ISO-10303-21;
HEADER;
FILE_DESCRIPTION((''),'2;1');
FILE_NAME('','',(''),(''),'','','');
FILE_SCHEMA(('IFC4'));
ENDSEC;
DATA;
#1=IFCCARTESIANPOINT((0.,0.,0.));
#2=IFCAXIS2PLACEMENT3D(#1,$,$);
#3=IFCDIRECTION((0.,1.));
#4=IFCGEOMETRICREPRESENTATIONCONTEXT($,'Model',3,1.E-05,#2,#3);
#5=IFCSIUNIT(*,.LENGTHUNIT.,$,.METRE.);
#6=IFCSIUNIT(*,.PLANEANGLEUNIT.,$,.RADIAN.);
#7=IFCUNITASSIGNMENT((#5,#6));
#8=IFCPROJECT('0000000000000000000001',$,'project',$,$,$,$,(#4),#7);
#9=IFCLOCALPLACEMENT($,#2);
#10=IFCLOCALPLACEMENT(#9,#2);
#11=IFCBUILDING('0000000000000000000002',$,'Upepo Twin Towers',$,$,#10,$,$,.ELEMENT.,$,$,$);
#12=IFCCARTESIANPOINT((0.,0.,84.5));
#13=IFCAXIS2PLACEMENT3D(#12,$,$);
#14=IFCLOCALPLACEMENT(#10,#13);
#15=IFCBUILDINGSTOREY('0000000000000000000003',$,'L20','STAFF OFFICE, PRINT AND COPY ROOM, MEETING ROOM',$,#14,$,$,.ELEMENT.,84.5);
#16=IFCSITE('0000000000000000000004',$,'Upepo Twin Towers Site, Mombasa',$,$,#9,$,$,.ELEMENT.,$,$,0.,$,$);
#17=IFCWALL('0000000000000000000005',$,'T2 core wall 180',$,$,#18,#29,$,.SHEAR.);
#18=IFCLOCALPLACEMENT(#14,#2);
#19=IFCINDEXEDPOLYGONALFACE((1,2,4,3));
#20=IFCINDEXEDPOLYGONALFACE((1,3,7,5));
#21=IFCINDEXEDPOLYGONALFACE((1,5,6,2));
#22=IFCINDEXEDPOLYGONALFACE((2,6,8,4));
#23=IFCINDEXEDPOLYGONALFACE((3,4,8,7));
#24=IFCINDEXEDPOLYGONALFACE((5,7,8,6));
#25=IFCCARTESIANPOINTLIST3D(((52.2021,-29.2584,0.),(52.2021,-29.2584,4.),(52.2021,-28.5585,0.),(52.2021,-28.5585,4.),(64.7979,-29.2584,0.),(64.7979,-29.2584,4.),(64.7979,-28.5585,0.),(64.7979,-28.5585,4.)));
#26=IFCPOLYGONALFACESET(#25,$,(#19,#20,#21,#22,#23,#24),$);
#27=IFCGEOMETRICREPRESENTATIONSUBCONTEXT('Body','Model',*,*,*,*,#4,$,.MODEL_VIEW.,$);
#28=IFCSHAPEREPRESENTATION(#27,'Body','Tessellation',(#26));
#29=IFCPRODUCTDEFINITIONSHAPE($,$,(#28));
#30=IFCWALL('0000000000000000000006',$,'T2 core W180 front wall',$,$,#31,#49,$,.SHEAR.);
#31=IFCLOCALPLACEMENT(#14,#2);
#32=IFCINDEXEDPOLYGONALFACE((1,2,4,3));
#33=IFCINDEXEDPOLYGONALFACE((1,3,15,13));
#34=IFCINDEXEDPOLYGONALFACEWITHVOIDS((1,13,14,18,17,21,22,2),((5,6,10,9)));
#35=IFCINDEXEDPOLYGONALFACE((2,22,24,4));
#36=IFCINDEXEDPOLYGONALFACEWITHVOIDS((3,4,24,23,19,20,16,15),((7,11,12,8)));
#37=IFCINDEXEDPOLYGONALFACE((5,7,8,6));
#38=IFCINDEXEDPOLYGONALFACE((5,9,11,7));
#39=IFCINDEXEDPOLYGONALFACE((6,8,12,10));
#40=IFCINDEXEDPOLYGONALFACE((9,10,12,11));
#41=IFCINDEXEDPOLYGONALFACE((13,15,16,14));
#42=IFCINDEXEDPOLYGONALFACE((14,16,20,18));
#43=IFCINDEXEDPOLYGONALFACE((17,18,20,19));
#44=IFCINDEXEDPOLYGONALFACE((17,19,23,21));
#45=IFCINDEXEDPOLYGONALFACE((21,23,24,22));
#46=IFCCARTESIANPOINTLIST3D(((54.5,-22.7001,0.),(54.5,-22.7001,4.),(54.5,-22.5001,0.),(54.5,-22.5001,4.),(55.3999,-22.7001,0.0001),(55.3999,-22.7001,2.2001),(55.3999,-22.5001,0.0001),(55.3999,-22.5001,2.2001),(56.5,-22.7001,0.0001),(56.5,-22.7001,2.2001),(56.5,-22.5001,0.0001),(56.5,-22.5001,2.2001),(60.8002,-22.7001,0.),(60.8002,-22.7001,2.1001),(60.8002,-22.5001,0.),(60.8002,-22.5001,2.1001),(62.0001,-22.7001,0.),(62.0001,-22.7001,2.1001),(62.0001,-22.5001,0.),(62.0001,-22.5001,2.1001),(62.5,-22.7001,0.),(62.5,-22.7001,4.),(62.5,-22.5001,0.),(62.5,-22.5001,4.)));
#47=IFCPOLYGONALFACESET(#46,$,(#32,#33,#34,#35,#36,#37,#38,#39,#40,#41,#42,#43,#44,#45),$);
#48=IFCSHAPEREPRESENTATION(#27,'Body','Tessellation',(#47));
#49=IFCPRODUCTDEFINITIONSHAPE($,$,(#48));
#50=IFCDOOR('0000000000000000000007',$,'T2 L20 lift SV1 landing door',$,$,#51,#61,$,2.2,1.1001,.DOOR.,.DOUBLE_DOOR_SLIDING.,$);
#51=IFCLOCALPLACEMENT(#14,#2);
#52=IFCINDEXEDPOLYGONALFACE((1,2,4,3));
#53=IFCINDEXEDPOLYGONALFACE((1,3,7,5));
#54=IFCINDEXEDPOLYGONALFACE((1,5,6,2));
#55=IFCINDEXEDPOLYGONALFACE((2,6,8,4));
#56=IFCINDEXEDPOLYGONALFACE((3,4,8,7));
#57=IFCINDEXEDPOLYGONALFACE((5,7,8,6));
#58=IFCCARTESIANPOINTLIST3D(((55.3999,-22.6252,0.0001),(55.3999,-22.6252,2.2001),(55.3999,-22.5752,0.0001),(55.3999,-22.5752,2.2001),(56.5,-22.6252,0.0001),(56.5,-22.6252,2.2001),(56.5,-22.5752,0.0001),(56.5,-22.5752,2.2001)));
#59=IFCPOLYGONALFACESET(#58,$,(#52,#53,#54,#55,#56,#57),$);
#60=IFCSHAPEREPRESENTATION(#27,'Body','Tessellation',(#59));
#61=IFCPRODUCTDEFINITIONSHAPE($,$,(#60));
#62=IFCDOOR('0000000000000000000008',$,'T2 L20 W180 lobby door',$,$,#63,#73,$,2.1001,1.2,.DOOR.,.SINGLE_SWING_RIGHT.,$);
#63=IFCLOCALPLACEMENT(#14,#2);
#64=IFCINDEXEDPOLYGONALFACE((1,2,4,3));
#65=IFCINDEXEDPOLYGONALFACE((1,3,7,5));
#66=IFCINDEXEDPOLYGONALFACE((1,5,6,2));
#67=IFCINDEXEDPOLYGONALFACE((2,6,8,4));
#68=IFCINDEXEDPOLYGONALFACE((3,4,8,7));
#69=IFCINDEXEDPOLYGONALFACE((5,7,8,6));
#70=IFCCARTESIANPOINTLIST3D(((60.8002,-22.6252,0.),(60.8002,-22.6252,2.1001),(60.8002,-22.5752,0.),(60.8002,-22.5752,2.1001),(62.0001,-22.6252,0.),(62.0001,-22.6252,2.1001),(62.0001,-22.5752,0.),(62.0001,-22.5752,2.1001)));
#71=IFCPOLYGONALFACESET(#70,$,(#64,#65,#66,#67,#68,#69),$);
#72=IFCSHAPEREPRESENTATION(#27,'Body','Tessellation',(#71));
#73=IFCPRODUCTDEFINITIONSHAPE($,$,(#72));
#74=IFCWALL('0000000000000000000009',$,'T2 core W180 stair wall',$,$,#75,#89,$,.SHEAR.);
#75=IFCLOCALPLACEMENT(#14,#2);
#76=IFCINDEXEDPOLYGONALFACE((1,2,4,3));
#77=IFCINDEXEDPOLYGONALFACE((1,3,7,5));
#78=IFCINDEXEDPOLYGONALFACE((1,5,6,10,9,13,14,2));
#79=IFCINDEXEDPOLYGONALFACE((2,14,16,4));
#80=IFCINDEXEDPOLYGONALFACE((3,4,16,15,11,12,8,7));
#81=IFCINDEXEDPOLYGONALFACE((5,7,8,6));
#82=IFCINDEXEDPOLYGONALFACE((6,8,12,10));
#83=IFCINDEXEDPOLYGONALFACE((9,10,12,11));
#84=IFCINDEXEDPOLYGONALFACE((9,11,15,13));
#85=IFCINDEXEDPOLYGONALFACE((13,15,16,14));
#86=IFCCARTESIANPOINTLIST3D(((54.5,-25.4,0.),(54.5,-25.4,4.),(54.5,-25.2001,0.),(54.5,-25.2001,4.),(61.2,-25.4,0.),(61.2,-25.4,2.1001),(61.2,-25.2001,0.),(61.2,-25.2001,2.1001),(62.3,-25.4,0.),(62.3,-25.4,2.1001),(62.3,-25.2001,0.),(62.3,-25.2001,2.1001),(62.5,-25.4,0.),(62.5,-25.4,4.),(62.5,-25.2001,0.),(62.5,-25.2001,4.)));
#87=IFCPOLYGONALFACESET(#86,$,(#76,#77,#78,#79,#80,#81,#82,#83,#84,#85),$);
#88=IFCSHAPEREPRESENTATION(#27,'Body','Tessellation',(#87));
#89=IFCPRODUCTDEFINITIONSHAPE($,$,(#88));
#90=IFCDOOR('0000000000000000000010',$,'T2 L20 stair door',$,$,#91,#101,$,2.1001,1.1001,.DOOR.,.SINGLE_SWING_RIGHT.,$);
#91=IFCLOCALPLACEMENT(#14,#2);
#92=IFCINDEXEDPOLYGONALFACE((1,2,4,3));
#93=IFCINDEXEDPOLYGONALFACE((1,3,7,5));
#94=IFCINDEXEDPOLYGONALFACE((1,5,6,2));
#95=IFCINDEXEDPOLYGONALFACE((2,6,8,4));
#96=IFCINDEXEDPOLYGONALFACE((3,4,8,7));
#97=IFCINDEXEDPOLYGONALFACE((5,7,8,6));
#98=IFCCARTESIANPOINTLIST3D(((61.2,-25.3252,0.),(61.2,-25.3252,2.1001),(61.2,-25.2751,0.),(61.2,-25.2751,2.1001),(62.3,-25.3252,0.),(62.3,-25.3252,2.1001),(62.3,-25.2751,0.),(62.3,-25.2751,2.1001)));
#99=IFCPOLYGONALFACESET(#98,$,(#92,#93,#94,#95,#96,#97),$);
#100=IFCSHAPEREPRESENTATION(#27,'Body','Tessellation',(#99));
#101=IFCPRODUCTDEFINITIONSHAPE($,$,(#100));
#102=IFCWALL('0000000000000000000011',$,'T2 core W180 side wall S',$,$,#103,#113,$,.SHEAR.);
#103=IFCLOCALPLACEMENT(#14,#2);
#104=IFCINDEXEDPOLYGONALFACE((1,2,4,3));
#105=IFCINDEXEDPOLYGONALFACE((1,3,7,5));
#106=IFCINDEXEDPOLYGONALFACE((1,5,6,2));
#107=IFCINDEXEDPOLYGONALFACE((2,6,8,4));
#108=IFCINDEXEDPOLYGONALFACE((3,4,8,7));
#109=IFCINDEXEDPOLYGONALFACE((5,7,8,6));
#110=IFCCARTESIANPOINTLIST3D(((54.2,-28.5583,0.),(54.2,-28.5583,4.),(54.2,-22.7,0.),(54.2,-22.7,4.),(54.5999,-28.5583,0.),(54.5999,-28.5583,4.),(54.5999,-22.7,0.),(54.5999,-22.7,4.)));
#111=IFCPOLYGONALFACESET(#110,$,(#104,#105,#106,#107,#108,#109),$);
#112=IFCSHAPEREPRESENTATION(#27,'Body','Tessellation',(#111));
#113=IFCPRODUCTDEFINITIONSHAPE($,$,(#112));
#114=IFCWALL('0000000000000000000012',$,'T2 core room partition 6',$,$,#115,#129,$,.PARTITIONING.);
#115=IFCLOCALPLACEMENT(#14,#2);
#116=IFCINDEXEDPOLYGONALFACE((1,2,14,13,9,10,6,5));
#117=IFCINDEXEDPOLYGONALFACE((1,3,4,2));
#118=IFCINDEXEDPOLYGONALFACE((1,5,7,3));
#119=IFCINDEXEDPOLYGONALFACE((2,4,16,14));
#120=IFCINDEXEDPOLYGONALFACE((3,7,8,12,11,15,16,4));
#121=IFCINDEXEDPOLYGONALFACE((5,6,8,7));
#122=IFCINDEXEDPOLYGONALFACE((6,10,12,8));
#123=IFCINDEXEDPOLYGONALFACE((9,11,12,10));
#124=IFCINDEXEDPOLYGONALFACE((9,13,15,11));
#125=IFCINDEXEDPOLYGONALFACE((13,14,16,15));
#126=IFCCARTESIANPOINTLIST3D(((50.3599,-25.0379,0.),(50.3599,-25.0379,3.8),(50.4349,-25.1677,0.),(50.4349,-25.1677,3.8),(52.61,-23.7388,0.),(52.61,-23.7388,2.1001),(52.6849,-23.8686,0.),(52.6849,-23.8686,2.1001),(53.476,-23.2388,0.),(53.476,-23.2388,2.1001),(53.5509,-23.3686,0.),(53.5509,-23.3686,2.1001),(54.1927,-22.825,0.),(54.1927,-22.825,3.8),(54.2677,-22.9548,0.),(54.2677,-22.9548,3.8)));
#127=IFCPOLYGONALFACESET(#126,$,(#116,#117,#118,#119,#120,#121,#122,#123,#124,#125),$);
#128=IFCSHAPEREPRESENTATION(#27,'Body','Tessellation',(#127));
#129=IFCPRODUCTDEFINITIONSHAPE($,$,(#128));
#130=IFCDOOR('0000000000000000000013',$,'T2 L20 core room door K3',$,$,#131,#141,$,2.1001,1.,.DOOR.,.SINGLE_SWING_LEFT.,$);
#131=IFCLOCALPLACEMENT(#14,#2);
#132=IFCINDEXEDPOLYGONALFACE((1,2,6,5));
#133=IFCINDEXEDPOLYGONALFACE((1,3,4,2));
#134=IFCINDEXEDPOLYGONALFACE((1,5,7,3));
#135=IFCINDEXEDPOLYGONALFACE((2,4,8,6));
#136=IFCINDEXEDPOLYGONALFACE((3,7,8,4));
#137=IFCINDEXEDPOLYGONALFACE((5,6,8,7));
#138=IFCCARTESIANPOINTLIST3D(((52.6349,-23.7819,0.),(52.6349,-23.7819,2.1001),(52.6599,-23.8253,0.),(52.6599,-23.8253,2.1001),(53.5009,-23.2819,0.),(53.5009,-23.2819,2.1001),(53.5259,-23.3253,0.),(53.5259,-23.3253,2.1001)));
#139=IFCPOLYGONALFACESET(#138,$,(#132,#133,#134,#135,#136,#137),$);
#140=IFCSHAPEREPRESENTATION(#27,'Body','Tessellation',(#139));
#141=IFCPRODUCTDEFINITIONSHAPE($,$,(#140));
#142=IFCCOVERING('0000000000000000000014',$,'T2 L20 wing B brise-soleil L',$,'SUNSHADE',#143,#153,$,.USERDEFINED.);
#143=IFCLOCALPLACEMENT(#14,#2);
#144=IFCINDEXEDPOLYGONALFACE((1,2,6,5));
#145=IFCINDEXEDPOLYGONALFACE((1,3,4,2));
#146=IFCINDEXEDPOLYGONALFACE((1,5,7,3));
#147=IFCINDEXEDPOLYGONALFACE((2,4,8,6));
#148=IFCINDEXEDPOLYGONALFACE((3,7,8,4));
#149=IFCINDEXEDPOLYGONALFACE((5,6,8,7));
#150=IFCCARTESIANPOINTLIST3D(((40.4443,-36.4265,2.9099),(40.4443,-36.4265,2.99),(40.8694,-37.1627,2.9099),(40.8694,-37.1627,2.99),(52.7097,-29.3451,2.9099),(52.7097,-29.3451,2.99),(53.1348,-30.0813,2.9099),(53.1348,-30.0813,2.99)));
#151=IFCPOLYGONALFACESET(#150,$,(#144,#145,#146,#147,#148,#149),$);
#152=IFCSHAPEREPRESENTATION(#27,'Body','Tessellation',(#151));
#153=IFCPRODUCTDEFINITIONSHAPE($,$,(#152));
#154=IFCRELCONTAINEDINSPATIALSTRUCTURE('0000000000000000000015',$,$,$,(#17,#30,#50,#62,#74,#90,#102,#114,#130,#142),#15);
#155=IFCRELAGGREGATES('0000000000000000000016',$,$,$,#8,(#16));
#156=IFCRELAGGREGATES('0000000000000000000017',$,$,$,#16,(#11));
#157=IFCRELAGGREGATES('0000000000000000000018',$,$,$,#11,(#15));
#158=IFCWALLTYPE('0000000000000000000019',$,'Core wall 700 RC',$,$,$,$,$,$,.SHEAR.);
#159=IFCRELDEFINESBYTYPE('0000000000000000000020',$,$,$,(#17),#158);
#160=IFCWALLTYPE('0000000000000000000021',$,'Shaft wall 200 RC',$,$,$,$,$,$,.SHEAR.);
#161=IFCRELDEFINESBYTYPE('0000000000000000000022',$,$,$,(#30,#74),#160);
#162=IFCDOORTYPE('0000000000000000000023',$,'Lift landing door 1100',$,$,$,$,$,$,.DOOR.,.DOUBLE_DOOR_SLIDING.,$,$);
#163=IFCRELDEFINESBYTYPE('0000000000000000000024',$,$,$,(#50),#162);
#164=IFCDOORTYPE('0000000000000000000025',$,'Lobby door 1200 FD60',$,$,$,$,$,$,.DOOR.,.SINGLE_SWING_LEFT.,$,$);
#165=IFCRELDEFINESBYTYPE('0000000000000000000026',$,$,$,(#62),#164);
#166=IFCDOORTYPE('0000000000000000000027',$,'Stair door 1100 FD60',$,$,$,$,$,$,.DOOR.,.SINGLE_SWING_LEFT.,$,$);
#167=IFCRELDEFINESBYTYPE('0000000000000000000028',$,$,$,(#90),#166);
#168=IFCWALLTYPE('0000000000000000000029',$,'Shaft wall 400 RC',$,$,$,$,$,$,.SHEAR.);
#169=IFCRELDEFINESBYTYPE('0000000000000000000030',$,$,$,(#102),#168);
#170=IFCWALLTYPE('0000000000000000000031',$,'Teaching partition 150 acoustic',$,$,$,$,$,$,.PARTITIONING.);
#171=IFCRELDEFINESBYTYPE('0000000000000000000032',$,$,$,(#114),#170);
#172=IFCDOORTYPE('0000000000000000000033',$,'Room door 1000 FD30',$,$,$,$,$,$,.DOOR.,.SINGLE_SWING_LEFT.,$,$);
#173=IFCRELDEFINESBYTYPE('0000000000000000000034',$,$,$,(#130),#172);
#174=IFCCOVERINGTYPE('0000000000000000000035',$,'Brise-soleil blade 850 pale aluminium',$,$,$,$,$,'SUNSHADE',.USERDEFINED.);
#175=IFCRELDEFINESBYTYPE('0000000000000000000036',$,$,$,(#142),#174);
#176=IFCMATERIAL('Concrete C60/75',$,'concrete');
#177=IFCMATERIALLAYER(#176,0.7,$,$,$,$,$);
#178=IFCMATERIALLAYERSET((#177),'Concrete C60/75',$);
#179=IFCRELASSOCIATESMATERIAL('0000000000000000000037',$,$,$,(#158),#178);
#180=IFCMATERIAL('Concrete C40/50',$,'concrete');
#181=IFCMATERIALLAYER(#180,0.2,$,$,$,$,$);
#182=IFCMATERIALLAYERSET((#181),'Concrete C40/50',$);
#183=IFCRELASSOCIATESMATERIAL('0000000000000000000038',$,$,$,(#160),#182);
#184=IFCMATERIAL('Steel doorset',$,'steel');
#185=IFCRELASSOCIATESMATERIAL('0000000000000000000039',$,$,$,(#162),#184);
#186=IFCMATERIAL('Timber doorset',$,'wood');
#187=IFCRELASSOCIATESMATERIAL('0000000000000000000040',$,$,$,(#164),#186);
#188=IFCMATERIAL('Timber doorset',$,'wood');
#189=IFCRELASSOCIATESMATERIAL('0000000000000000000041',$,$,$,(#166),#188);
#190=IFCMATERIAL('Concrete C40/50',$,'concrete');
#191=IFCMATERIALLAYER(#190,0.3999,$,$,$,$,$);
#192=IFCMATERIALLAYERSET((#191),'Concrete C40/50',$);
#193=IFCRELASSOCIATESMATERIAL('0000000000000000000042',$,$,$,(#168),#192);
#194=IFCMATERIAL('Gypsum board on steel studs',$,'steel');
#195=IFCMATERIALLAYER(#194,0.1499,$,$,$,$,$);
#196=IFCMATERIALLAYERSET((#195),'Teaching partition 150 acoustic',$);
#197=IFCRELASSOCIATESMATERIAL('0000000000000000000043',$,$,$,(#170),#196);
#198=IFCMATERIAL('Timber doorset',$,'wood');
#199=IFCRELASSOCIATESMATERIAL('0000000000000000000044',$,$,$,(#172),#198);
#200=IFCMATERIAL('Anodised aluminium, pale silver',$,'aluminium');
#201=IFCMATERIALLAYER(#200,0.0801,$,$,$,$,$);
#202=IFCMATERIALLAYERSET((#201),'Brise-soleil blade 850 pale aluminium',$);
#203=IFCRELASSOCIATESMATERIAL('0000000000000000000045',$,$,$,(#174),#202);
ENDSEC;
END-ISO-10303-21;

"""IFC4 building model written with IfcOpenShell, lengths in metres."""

from ifc_helpers import new_model, si_unit, direction, frame, frame_2d, origin, origin_2d, place, context, subcontext, project, spatial, rectangle, extrude, material, layer, layer_set, type_object, element, fill, save


model = new_model("IFC4")

# Units and contexts
model_context = context("Model", 3, precision=1e-05, world=origin(), true_north=direction((0.0, 1.0)))
body_context = subcontext(model_context, "Body", "Model", "MODEL_VIEW")
ifc_project = project(units=[si_unit("LENGTHUNIT", "METRE"), si_unit("PLANEANGLEUNIT", "RADIAN")], contexts=[model_context])

# Site, building, storey
site_placement = place(None, origin())
site = spatial("IfcSite", under=ifc_project, at=site_placement, Name="Upepo Twin Towers Site, Mombasa", CompositionType="ELEMENT", RefElevation=0.0)
building_placement = place(site_placement, origin())
building = spatial("IfcBuilding", under=site, at=building_placement, Name="Upepo Twin Towers", CompositionType="ELEMENT")
storey_placement = place(building_placement, frame((0.0, 0.0, 84.5)))
storey = spatial("IfcBuildingStorey", under=building, at=storey_placement, Name="L20", Description="STAFF OFFICE, PRINT AND COPY ROOM, MEETING ROOM", CompositionType="ELEMENT", Elevation=84.5)

# Wall
ifc_material_1 = material(Name="Concrete C60/75", Category="concrete")
ifc_layer_1 = layer(ifc_material_1, 0.7)
ifc_layer_set_1 = layer_set([ifc_layer_1], Name="Concrete C60/75")
wall_type_1 = type_object("IfcWallType", Name="Core wall 700 RC", PredefinedType="SHEAR", material=ifc_layer_set_1)
wall_1_placement = place(storey_placement, frame((52.2021, -28.9084, 0.0), z_axis=(0.0, 0.0, 1.0), x_axis=(1.0, 0.0, 0.0)))
element("IfcWall", 1, at=wall_1_placement, inside=storey, type_object=wall_type_1, Name="T2 core wall 180", PredefinedType="SHEAR", context=body_context, shape_type="SweptSolid", body=[
    extrude(rectangle(XDim=12.5957, YDim=0.7, at=frame_2d((6.2979, 0.0))), origin(), (0.0, 0.0, 1.0), 4.0),
])

# Wall, openings, doors
ifc_material_2 = material(Name="Concrete C40/50", Category="concrete")
ifc_layer_2 = layer(ifc_material_2, 0.2)
ifc_layer_set_2 = layer_set([ifc_layer_2], Name="Concrete C40/50")
wall_type_2 = type_object("IfcWallType", Name="Shaft wall 200 RC", PredefinedType="SHEAR", material=ifc_layer_set_2)
wall_2_placement = place(storey_placement, frame((54.5, -22.6001, 0.0), z_axis=(0.0, 0.0, 1.0), x_axis=(1.0, 0.0, 0.0)))
wall_2 = element("IfcWall", 2, at=wall_2_placement, inside=storey, type_object=wall_type_2, Name="T2 core W180 front wall", PredefinedType="SHEAR", context=body_context, shape_type="SweptSolid", body=[
    extrude(rectangle(XDim=8.0, YDim=0.2, at=frame_2d((4.0, 0.0))), origin(), (0.0, 0.0, 1.0), 4.0),
])
opening_1_placement = place(wall_2_placement, frame((6.3, 0.0, 0.0)))
opening_1 = element("IfcOpeningElement", 3, at=opening_1_placement, cuts=wall_2, PredefinedType="OPENING", context=body_context, shape_type="SweptSolid", body=[
    extrude(rectangle(XDim=1.2, YDim=2.1001, at=frame_2d((0.6001, 1.05))), frame((0.0, 0.1099, 0.0), z_axis=(0.0, -1.0, 0.0), x_axis=(1.0, 0.0, 0.0)), (0.0, 0.0, 1.0), 0.22),
])
opening_2_placement = place(wall_2_placement, frame((0.8999, 0.0, 0.0)))
opening_2 = element("IfcOpeningElement", 4, at=opening_2_placement, cuts=wall_2, PredefinedType="OPENING", context=body_context, shape_type="SweptSolid", body=[
    extrude(rectangle(XDim=1.1001, YDim=2.2, at=frame_2d((0.55, 1.1001))), frame((0.0, 0.1099, 0.0), z_axis=(0.0, -1.0, 0.0), x_axis=(1.0, 0.0, 0.0)), (0.0, 0.0, 1.0), 0.22),
])
ifc_material_3 = material(Name="Steel doorset", Category="steel")
door_type_1 = type_object("IfcDoorType", Name="Lift landing door 1100", OperationType="DOUBLE_DOOR_SLIDING", PredefinedType="DOOR", material=ifc_material_3)
door_1_placement = place(opening_2_placement, origin())
door_1 = element("IfcDoor", 5, at=door_1_placement, inside=storey, type_object=door_type_1, Name="T2 L20 lift SV1 landing door", OperationType="DOUBLE_DOOR_SLIDING", OverallHeight=2.2, OverallWidth=1.1001, PredefinedType="DOOR", context=body_context, shape_type="SweptSolid", body=[
    extrude(rectangle(XDim=1.1001, YDim=2.2, at=frame_2d((0.55, 1.1001))), frame((0.0, 0.0249, 0.0), z_axis=(0.0, -1.0, 0.0), x_axis=(1.0, 0.0, 0.0)), (0.0, 0.0, 1.0), 0.05),
])
fill(opening_2, door_1)
ifc_material_4 = material(Name="Timber doorset", Category="wood")
door_type_2 = type_object("IfcDoorType", Name="Lobby door 1200 FD60", OperationType="SINGLE_SWING_LEFT", PredefinedType="DOOR", material=ifc_material_4)
door_2_placement = place(opening_1_placement, origin())
door_2 = element("IfcDoor", 6, at=door_2_placement, inside=storey, type_object=door_type_2, Name="T2 L20 W180 lobby door", OperationType="SINGLE_SWING_RIGHT", OverallHeight=2.1001, OverallWidth=1.2, PredefinedType="DOOR", context=body_context, shape_type="SweptSolid", body=[
    extrude(rectangle(XDim=1.2, YDim=2.1001, at=frame_2d((0.6001, 1.05))), frame((0.0, 0.0249, 0.0), z_axis=(0.0, -1.0, 0.0), x_axis=(1.0, 0.0, 0.0)), (0.0, 0.0, 1.0), 0.05),
])
fill(opening_1, door_2)

# Wall, opening, door
wall_3_placement = place(storey_placement, frame((54.5, -25.3, 0.0), z_axis=(0.0, 0.0, 1.0), x_axis=(1.0, 0.0, 0.0)))
wall_3 = element("IfcWall", 7, at=wall_3_placement, inside=storey, type_object=wall_type_2, Name="T2 core W180 stair wall", PredefinedType="SHEAR", context=body_context, shape_type="SweptSolid", body=[
    extrude(rectangle(XDim=8.0, YDim=0.2, at=frame_2d((4.0, 0.0))), origin(), (0.0, 0.0, 1.0), 4.0),
])
opening_3_placement = place(wall_3_placement, frame((6.7, 0.0, 0.0)))
opening_3 = element("IfcOpeningElement", 8, at=opening_3_placement, cuts=wall_3, PredefinedType="OPENING", context=body_context, shape_type="SweptSolid", body=[
    extrude(rectangle(XDim=1.1001, YDim=2.1001, at=frame_2d((0.55, 1.05))), frame((0.0, 0.1099, 0.0), z_axis=(0.0, -1.0, 0.0), x_axis=(1.0, 0.0, 0.0)), (0.0, 0.0, 1.0), 0.22),
])
ifc_material_5 = material(Name="Timber doorset", Category="wood")
door_type_3 = type_object("IfcDoorType", Name="Stair door 1100 FD60", OperationType="SINGLE_SWING_LEFT", PredefinedType="DOOR", material=ifc_material_5)
door_3_placement = place(opening_3_placement, origin())
door_3 = element("IfcDoor", 9, at=door_3_placement, inside=storey, type_object=door_type_3, Name="T2 L20 stair door", OperationType="SINGLE_SWING_RIGHT", OverallHeight=2.1001, OverallWidth=1.1001, PredefinedType="DOOR", context=body_context, shape_type="SweptSolid", body=[
    extrude(rectangle(XDim=1.1001, YDim=2.1001, at=frame_2d((0.55, 1.05))), frame((0.0, 0.0249, 0.0), z_axis=(0.0, -1.0, 0.0), x_axis=(1.0, 0.0, 0.0)), (0.0, 0.0, 1.0), 0.05),
])
fill(opening_3, door_3)

# Wall
ifc_material_6 = material(Name="Concrete C40/50", Category="concrete")
ifc_layer_3 = layer(ifc_material_6, 0.3999)
ifc_layer_set_3 = layer_set([ifc_layer_3], Name="Concrete C40/50")
wall_type_3 = type_object("IfcWallType", Name="Shaft wall 400 RC", PredefinedType="SHEAR", material=ifc_layer_set_3)
wall_4_placement = place(storey_placement, frame((54.3999, -22.7, 0.0), z_axis=(0.0, 0.0, 1.0), x_axis=(0.0, -1.0, 0.0)))
element("IfcWall", 10, at=wall_4_placement, inside=storey, type_object=wall_type_3, Name="T2 core W180 side wall S", PredefinedType="SHEAR", context=body_context, shape_type="SweptSolid", body=[
    extrude(rectangle(XDim=5.8584, YDim=0.3999, at=frame_2d((2.9292, 0.0))), origin(), (0.0, 0.0, 1.0), 4.0),
])

# Wall, opening, door
ifc_material_7 = material(Name="Gypsum board on steel studs", Category="steel")
ifc_layer_4 = layer(ifc_material_7, 0.1499)
ifc_layer_set_4 = layer_set([ifc_layer_4], Name="Teaching partition 150 acoustic")
wall_type_4 = type_object("IfcWallType", Name="Teaching partition 150 acoustic", PredefinedType="PARTITIONING", material=ifc_layer_set_4)
wall_5_placement = place(storey_placement, frame((54.2302, -22.8899, 0.0), z_axis=(0.0, 0.0, 1.0), x_axis=(-0.866021, -0.500007, 0.0)))
wall_5 = element("IfcWall", 11, at=wall_5_placement, inside=storey, type_object=wall_type_4, Name="T2 core room partition 6", PredefinedType="PARTITIONING", context=body_context, shape_type="SweptSolid", body=[
    extrude(rectangle(XDim=4.4258, YDim=0.1499, at=frame_2d((2.2129, 0.0))), origin(), (0.0, 0.0, 1.0), 3.8),
])
opening_4_placement = place(wall_5_placement, frame((0.8276, 0.0, 0.0)))
opening_4 = element("IfcOpeningElement", 12, at=opening_4_placement, cuts=wall_5, PredefinedType="OPENING", context=body_context, shape_type="SweptSolid", body=[
    extrude(rectangle(XDim=1.0, YDim=2.1001, at=frame_2d((0.5, 1.05))), frame((0.0, 0.085, 0.0), z_axis=(0.0, -1.0, 0.0), x_axis=(1.0, 0.0, 0.0)), (0.0, 0.0, 1.0), 0.1699),
])
ifc_material_8 = material(Name="Timber doorset", Category="wood")
door_type_4 = type_object("IfcDoorType", Name="Room door 1000 FD30", OperationType="SINGLE_SWING_LEFT", PredefinedType="DOOR", material=ifc_material_8)
door_4_placement = place(opening_4_placement, origin())
door_4 = element("IfcDoor", 13, at=door_4_placement, inside=storey, type_object=door_type_4, Name="T2 L20 core room door K3", OperationType="SINGLE_SWING_LEFT", OverallHeight=2.1001, OverallWidth=1.0, PredefinedType="DOOR", context=body_context, shape_type="SweptSolid", body=[
    extrude(rectangle(XDim=1.0, YDim=2.1001, at=frame_2d((0.5, 1.05))), frame((0.0, 0.0249, 0.0), z_axis=(0.0, -1.0, 0.0), x_axis=(1.0, 0.0, 0.0)), (0.0, 0.0, 1.0), 0.05),
])
fill(opening_4, door_4)

# Covering
ifc_material_9 = material(Name="Anodised aluminium, pale silver", Category="aluminium")
ifc_layer_5 = layer(ifc_material_9, 0.0801)
ifc_layer_set_5 = layer_set([ifc_layer_5], Name="Brise-soleil blade 850 pale aluminium")
covering_type = type_object("IfcCoveringType", Name="Brise-soleil blade 850 pale aluminium", ElementType="SUNSHADE", PredefinedType="USERDEFINED", material=ifc_layer_set_5)
covering_placement = place(storey_placement, frame((46.7896, -33.2539, 2.9099), z_axis=(0.0, 0.0, 1.0), x_axis=(-0.866025, -0.5, 0.0)))
element("IfcCovering", 14, at=covering_placement, inside=storey, type_object=covering_type, Name="T2 L20 wing B brise-soleil L", ObjectType="SUNSHADE", PredefinedType="USERDEFINED", context=body_context, shape_type="SweptSolid", body=[
    extrude(rectangle(XDim=14.1628, YDim=0.8501, at=origin_2d()), origin(), (0.0, 0.0, 1.0), 0.0801),
])

save(model, "model.ifc")
